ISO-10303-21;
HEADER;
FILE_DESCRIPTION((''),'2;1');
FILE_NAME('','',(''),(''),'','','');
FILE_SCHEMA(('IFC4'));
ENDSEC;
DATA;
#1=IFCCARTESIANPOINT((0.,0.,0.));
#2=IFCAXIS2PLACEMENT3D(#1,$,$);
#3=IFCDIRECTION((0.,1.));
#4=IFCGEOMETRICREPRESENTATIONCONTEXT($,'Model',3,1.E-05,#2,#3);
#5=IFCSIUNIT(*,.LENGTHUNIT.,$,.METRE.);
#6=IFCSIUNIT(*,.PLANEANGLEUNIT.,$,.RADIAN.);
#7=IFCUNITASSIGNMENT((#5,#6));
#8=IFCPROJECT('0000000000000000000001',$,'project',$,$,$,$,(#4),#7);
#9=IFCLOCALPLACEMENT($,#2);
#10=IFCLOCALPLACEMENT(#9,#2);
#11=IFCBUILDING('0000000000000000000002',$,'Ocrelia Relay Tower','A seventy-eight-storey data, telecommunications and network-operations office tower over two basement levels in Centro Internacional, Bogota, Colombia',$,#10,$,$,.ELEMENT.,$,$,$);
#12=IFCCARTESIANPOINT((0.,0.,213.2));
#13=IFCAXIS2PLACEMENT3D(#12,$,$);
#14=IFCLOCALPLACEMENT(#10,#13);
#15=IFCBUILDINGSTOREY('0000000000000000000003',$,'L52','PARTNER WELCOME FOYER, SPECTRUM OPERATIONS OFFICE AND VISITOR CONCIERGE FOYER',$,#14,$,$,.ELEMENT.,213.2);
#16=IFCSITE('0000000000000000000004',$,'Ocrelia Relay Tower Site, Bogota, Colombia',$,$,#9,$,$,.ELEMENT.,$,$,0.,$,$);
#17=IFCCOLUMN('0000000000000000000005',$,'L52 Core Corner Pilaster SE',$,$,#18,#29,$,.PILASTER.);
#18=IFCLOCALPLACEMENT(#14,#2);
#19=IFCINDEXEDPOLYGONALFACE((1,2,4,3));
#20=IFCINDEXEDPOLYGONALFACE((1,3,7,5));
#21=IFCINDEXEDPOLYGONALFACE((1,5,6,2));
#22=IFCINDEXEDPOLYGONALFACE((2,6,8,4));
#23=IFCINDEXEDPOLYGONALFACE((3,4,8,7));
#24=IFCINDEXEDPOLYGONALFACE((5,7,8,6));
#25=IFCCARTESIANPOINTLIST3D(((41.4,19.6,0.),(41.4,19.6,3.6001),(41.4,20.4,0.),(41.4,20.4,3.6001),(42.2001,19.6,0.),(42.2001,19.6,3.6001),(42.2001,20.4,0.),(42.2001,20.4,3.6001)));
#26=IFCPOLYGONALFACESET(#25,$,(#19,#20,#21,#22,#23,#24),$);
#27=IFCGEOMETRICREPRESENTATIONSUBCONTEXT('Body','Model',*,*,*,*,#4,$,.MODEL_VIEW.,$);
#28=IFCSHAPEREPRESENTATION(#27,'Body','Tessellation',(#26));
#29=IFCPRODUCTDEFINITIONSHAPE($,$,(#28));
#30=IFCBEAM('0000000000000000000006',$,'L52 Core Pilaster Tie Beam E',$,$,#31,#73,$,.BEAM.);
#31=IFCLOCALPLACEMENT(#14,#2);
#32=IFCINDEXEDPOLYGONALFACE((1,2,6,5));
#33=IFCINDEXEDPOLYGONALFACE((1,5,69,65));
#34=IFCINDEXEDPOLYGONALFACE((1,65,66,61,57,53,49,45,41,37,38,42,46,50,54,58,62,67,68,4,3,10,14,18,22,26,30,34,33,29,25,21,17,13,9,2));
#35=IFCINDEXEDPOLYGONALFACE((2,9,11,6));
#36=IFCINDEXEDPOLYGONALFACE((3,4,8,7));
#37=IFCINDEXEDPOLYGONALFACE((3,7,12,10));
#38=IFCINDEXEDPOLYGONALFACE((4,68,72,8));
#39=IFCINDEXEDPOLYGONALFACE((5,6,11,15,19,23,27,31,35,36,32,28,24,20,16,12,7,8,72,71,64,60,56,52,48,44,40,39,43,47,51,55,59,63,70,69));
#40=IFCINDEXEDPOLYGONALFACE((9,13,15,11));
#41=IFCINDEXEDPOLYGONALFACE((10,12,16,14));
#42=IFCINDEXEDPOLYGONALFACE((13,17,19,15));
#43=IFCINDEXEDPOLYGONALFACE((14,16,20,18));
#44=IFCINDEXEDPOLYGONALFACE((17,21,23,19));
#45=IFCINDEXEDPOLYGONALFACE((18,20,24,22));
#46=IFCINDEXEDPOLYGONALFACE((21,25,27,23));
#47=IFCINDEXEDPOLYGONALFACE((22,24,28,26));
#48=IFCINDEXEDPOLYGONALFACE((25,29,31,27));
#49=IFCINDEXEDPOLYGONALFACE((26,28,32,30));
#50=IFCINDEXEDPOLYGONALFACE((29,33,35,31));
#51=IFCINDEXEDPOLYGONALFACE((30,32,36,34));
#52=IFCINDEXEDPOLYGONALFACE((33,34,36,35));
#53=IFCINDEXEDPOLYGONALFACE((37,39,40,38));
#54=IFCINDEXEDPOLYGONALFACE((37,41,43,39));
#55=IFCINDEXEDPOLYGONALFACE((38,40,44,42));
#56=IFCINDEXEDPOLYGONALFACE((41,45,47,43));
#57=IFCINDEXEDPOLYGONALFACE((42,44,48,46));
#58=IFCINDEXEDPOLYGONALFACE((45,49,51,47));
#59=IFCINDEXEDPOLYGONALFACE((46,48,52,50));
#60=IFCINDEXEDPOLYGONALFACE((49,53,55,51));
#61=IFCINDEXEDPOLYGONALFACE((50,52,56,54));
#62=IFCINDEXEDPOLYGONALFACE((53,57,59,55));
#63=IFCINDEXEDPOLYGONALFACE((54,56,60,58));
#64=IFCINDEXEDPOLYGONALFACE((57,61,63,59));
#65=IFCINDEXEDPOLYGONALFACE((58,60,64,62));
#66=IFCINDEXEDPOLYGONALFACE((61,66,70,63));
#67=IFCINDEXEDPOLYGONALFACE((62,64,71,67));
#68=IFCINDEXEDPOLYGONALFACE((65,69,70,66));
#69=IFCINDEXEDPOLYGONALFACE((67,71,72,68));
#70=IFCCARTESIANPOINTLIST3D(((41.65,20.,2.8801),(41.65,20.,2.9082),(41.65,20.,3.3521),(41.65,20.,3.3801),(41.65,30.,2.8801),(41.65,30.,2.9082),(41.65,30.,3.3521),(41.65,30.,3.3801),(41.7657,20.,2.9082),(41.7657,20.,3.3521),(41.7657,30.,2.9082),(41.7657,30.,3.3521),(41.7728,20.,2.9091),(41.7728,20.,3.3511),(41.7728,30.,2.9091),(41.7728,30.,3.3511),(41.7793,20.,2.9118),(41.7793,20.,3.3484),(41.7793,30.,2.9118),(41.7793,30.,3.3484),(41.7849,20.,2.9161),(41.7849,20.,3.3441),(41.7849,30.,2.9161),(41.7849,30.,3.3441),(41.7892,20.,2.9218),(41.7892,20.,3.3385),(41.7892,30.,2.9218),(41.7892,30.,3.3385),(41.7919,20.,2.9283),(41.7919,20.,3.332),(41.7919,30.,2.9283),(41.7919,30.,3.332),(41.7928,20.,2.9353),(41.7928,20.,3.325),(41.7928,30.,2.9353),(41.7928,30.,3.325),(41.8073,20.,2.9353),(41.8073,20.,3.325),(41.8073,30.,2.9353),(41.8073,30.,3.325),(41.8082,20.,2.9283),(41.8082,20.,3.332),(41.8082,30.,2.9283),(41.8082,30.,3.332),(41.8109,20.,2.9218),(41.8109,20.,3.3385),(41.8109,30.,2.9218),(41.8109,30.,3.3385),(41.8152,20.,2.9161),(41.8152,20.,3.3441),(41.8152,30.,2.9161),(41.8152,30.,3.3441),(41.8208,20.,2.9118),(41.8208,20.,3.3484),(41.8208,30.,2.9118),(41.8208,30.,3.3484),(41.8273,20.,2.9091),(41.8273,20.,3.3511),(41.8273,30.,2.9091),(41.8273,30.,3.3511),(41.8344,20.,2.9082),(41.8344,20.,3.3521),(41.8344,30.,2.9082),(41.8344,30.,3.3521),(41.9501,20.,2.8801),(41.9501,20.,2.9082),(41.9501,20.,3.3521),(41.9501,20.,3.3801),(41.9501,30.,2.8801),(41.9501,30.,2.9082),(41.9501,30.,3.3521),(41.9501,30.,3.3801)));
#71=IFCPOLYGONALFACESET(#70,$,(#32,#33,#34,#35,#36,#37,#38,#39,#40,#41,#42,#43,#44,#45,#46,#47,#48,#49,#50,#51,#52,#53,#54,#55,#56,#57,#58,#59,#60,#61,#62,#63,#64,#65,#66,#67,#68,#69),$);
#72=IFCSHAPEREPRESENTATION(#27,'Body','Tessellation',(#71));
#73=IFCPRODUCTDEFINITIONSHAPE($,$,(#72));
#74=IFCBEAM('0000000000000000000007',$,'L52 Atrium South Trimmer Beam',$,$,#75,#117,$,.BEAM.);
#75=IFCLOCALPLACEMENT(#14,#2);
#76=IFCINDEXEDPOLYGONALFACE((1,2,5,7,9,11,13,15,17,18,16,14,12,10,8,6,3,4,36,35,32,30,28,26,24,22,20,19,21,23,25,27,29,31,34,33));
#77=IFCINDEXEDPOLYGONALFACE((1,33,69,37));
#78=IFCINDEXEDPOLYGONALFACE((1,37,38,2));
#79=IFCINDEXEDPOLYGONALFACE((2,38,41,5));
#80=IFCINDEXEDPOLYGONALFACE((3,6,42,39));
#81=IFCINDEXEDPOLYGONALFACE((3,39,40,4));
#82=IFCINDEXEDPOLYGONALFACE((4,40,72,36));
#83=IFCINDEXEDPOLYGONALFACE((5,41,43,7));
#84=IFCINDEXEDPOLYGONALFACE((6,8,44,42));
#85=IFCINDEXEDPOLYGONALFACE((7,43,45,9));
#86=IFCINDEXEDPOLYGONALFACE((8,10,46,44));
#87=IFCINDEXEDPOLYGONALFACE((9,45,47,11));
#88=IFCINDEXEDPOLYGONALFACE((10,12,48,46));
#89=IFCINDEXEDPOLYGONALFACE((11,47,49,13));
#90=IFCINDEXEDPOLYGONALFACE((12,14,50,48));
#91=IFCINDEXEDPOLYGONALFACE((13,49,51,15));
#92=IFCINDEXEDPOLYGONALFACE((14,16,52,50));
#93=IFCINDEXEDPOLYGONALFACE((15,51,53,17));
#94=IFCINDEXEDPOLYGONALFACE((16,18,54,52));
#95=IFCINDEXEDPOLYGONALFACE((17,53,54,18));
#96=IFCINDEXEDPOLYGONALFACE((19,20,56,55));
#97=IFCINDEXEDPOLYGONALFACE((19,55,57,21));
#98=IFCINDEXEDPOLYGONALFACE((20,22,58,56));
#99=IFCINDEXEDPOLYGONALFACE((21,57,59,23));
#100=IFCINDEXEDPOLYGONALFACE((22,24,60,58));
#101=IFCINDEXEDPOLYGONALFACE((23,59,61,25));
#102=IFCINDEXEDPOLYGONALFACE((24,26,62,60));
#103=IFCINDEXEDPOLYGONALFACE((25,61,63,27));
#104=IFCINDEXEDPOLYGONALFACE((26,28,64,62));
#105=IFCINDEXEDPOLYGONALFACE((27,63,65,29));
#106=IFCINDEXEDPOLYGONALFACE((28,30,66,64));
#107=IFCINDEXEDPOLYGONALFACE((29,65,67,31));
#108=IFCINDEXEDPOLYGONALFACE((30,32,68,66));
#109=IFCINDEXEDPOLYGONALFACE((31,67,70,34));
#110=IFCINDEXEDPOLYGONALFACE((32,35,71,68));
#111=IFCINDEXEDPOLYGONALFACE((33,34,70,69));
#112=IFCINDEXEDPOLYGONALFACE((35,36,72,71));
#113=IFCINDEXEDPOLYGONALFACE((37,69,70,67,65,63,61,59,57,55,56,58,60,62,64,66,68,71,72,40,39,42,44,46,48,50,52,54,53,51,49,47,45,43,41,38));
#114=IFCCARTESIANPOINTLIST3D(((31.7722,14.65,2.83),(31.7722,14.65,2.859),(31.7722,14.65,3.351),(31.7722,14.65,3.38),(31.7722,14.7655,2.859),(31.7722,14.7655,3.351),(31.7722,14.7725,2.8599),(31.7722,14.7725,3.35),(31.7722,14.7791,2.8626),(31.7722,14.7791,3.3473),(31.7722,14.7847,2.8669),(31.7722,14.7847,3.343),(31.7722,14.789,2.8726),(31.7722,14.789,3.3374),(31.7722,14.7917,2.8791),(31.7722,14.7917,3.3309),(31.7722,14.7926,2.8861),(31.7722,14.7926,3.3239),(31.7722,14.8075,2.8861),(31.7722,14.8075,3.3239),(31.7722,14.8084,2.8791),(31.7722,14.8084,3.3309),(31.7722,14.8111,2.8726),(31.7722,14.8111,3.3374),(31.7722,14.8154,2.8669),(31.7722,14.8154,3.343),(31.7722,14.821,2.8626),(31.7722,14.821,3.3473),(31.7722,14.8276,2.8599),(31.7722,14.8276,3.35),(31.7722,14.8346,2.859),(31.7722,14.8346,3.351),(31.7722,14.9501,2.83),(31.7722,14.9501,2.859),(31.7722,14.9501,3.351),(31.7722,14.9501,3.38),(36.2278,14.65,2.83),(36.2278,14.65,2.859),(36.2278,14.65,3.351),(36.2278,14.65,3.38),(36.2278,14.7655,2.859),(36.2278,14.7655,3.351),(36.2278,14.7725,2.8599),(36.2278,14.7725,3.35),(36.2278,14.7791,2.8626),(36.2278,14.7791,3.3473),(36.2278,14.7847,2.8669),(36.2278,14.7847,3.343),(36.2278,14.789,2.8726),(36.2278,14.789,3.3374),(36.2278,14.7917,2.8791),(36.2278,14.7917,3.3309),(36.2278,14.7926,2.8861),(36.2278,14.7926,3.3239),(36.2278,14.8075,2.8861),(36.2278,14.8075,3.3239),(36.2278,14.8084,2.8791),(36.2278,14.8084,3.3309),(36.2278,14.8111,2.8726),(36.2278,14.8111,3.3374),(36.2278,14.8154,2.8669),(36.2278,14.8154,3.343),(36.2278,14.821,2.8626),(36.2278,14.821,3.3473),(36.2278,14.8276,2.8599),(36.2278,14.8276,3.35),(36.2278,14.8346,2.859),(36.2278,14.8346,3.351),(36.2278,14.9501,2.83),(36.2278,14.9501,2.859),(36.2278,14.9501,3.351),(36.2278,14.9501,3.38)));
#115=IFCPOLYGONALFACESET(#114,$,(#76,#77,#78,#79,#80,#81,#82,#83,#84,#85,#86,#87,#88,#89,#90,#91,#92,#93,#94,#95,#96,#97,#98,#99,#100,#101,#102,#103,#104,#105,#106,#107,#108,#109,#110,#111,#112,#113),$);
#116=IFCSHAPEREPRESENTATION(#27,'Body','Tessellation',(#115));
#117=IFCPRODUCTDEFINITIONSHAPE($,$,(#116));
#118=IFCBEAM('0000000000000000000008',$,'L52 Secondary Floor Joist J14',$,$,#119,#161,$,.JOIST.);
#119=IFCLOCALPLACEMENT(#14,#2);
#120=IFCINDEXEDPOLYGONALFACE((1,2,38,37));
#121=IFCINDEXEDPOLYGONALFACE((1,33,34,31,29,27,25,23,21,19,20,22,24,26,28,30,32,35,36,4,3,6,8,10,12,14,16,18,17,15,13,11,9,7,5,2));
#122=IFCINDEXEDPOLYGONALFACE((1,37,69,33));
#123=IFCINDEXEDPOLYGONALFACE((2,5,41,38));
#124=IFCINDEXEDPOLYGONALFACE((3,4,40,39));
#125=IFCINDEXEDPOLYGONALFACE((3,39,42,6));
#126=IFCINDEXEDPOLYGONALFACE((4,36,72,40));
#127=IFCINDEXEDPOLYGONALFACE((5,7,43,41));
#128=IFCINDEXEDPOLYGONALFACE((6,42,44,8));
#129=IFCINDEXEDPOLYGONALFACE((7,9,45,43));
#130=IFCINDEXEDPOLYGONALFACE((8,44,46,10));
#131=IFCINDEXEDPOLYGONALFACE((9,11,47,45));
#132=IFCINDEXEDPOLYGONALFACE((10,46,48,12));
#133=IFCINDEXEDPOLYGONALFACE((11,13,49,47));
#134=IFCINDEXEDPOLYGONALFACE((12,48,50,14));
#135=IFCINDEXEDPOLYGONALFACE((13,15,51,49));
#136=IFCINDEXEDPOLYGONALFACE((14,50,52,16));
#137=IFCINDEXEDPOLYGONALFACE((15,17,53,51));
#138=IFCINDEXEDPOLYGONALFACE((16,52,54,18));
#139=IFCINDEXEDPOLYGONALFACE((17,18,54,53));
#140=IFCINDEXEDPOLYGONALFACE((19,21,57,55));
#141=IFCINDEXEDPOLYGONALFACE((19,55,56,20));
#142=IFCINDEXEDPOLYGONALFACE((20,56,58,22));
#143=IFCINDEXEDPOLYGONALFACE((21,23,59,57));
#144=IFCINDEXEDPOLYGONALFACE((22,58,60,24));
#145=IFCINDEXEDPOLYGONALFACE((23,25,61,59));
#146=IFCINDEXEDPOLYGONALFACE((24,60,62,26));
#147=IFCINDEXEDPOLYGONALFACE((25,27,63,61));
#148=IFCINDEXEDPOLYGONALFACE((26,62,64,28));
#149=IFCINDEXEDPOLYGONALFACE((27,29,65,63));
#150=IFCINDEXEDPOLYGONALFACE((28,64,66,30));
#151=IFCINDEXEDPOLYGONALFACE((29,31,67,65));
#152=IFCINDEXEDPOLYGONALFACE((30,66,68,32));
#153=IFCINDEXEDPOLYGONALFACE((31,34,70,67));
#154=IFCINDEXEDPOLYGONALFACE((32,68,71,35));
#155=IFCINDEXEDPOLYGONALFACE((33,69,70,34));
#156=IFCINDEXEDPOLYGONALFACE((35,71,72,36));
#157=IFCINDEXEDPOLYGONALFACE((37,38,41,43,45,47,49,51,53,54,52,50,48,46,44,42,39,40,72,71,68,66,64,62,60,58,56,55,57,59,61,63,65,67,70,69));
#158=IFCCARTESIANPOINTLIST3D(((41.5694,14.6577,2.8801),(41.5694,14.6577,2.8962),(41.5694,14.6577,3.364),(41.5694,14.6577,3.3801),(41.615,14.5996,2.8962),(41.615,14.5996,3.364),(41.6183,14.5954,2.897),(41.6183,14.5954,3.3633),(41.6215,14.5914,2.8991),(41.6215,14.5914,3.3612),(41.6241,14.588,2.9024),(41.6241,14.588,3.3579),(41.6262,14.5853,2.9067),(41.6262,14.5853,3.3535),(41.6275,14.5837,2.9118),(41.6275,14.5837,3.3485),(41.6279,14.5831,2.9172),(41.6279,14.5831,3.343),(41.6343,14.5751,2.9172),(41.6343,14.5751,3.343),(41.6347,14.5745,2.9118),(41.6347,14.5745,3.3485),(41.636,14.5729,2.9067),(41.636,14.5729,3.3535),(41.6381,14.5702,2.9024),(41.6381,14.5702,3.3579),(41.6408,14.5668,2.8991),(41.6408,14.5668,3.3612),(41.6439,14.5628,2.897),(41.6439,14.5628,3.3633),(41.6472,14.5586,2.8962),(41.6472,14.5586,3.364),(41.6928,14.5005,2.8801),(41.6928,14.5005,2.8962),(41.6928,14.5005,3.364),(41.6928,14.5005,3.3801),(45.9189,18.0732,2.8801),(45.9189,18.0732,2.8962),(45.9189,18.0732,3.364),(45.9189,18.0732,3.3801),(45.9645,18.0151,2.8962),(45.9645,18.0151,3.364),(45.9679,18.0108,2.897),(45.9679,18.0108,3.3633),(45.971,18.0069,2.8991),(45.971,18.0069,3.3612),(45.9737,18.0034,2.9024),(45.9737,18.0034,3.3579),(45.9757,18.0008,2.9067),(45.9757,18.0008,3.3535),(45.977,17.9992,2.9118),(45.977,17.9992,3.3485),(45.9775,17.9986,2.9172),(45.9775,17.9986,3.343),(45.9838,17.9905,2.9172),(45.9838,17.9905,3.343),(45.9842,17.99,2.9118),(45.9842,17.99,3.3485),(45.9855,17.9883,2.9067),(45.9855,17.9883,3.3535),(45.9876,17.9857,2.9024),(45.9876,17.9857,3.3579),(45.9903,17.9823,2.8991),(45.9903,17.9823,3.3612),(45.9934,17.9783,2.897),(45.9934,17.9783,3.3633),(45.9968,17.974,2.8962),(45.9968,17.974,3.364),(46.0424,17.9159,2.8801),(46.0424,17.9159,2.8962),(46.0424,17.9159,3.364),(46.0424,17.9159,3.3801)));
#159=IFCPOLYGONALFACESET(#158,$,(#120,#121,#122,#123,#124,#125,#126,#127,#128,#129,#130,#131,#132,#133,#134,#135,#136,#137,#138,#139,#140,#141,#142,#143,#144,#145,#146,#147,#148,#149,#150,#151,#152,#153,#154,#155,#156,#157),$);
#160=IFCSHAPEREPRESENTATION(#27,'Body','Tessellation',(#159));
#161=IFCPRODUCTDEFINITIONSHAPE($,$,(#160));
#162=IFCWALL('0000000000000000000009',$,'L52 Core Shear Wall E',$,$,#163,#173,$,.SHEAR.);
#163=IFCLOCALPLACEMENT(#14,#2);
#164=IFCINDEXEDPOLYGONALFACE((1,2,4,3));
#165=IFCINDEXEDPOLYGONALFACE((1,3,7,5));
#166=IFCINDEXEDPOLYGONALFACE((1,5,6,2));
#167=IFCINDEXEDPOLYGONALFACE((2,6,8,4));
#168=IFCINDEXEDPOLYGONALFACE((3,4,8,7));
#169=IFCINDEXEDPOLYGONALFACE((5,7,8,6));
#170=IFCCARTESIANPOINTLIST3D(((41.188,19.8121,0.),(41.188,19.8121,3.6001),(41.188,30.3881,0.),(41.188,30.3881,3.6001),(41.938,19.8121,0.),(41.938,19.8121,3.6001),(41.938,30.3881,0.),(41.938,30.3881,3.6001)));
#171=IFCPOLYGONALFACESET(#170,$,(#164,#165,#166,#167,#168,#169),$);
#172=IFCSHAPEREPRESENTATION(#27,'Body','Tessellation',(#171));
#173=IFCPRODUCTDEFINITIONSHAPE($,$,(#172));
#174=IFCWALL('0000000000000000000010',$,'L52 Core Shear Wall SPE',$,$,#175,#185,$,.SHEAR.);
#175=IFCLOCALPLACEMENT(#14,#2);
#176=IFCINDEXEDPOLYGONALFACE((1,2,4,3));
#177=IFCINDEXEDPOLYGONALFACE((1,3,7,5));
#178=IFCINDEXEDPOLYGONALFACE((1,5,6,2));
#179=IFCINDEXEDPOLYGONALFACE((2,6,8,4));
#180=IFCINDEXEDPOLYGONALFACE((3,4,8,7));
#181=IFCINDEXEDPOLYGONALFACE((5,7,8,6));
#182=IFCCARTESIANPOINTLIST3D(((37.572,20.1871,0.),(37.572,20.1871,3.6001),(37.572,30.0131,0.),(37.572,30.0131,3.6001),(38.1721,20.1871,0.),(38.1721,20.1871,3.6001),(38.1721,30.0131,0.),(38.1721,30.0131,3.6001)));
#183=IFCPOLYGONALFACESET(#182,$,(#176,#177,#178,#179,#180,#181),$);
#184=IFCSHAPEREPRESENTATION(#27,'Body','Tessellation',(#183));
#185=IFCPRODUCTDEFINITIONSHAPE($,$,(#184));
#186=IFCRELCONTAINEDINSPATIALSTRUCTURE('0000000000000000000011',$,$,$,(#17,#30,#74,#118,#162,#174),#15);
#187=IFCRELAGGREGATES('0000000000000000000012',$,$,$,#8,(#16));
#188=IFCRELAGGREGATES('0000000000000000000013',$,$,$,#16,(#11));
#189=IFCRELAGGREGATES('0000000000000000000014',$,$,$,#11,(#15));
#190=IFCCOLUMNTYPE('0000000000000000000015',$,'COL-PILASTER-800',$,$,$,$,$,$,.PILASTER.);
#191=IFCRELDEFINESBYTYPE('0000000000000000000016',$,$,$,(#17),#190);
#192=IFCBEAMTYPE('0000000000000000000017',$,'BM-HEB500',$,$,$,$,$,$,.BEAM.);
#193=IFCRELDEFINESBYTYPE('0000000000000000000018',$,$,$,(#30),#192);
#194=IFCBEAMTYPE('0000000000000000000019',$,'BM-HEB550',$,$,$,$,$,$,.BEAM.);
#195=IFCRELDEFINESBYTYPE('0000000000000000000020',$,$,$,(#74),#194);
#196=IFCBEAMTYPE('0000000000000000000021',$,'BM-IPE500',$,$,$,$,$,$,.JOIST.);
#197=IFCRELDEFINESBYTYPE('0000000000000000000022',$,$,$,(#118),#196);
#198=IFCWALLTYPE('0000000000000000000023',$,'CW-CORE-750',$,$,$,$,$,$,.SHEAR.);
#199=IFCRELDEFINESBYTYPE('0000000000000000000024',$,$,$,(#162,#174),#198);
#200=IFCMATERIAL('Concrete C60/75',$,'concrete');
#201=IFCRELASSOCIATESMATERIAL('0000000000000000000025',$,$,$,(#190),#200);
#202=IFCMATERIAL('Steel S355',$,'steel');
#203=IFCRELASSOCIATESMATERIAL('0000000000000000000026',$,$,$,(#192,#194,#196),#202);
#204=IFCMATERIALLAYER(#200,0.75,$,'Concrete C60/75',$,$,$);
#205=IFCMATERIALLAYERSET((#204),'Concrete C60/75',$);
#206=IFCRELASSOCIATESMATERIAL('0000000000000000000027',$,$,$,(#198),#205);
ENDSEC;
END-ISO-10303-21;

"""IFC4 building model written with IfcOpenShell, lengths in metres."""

from ifc_helpers import new_model, si_unit, direction, frame, frame_2d, origin, origin_2d, place, context, subcontext, project, spatial, rectangle, i_section, extrude, material, layer, layer_set, material_profile, profile_set, type_object, element, save


model = new_model("IFC4")

# Units and contexts
model_context = context("Model", 3, precision=1e-05, world=origin(), true_north=direction((0.0, 1.0)))
body_context = subcontext(model_context, "Body", "Model", "MODEL_VIEW")
ifc_project = project(units=[si_unit("LENGTHUNIT", "METRE"), si_unit("PLANEANGLEUNIT", "RADIAN")], contexts=[model_context])

# Site, building, storey
site_placement = place(None, origin())
site = spatial("IfcSite", under=ifc_project, at=site_placement, Name="Ocrelia Relay Tower Site, Bogota, Colombia", CompositionType="ELEMENT", RefElevation=0.0)
building_placement = place(site_placement, origin())
building = spatial("IfcBuilding", under=site, at=building_placement, Name="Ocrelia Relay Tower", Description="A seventy-eight-storey data, telecommunications and network-operations office tower over two basement levels in Centro Internacional, Bogota, Colombia", CompositionType="ELEMENT")
storey_placement = place(building_placement, frame((0.0, 0.0, 213.2)))
storey = spatial("IfcBuildingStorey", under=building, at=storey_placement, Name="L52", Description="PARTNER WELCOME FOYER, SPECTRUM OPERATIONS OFFICE AND VISITOR CONCIERGE FOYER", CompositionType="ELEMENT", Elevation=213.2)

# Column
ifc_material_1 = material(Name="Concrete C60/75", Category="concrete")
ifc_material_profile_1 = material_profile(ifc_material_1, rectangle(XDim=0.8, YDim=0.8, at=origin_2d()), Name="RC-COL-800x800")
ifc_profile_set_1 = profile_set([ifc_material_profile_1], Name="Concrete C60/75")
column_type = type_object("IfcColumnType", Name="COL-PILASTER-800", PredefinedType="PILASTER", material=ifc_profile_set_1)
column_placement = place(storey_placement, frame((41.8, 20.0, 0.0), z_axis=(0.0, 0.0, 1.0), x_axis=(1.0, 0.0, 0.0)))
element("IfcColumn", 1, at=column_placement, inside=storey, type_object=column_type, Name="L52 Core Corner Pilaster SE", PredefinedType="PILASTER", context=body_context, shape_type="SweptSolid", body=[
    extrude(rectangle(XDim=0.8, YDim=0.8, at=origin_2d()), origin(), (0.0, 0.0, 1.0), 3.6001),
])

# Beams
ifc_material_2 = material(Name="Steel S355", Category="steel")
ifc_material_profile_2 = material_profile(ifc_material_2, i_section(OverallWidth=0.3, OverallDepth=0.5, WebThickness=0.0144, FlangeThickness=0.0281, FilletRadius=0.0271, at=origin_2d()), Name="HEB 500")
ifc_profile_set_2 = profile_set([ifc_material_profile_2], Name="Steel S355")
beam_type_1 = type_object("IfcBeamType", Name="BM-HEB500", PredefinedType="BEAM", material=ifc_profile_set_2)
beam_1_placement = place(storey_placement, frame((41.8, 20.0, 3.1301), z_axis=(0.0, 1.0, 0.0), x_axis=(-1.0, 0.0, 0.0)))
element("IfcBeam", 2, at=beam_1_placement, inside=storey, type_object=beam_type_1, Name="L52 Core Pilaster Tie Beam E", PredefinedType="BEAM", context=body_context, shape_type="SweptSolid", body=[
    extrude(i_section(OverallWidth=0.3, OverallDepth=0.5, WebThickness=0.0144, FlangeThickness=0.0281, FilletRadius=0.0271, at=origin_2d()), origin(), (0.0, 0.0, 1.0), 10.0),
])
ifc_material_profile_3 = material_profile(ifc_material_2, i_section(OverallWidth=0.3, OverallDepth=0.55, WebThickness=0.0149, FlangeThickness=0.0291, FilletRadius=0.0271, at=origin_2d()), Name="HEB 550")
ifc_profile_set_3 = profile_set([ifc_material_profile_3], Name="Steel S355")
beam_type_2 = type_object("IfcBeamType", Name="BM-HEB550", PredefinedType="BEAM", material=ifc_profile_set_3)
beam_2_placement = place(storey_placement, frame((31.7722, 14.8, 3.105), z_axis=(1.0, 0.0, 0.0), x_axis=(0.0, 1.0, 0.0)))
element("IfcBeam", 3, at=beam_2_placement, inside=storey, type_object=beam_type_2, Name="L52 Atrium South Trimmer Beam", PredefinedType="BEAM", context=body_context, shape_type="SweptSolid", body=[
    extrude(i_section(OverallWidth=0.3, OverallDepth=0.55, WebThickness=0.0149, FlangeThickness=0.0291, FilletRadius=0.0271, at=origin_2d()), origin(), (0.0, 0.0, 1.0), 4.4556),
])
ifc_material_profile_4 = material_profile(ifc_material_2, i_section(OverallWidth=0.2, OverallDepth=0.5, WebThickness=0.0103, FlangeThickness=0.0161, FilletRadius=0.021, at=origin_2d()), Name="IPE 500")
ifc_profile_set_4 = profile_set([ifc_material_profile_4], Name="Steel S355")
beam_type_3 = type_object("IfcBeamType", Name="BM-IPE500", PredefinedType="JOIST", material=ifc_profile_set_4)
beam_3_placement = place(storey_placement, frame((41.6311, 14.5791, 3.1301), z_axis=(0.786496, 0.617595, 0.0), x_axis=(-0.617595, 0.786496, 0.0)))
element("IfcBeam", 4, at=beam_3_placement, inside=storey, type_object=beam_type_3, Name="L52 Secondary Floor Joist J14", PredefinedType="JOIST", context=body_context, shape_type="SweptSolid", body=[
    extrude(i_section(OverallWidth=0.2, OverallDepth=0.5, WebThickness=0.0103, FlangeThickness=0.0161, FilletRadius=0.021, at=origin_2d()), origin(), (0.0, 0.0, 1.0), 5.5303),
])

# Walls
ifc_layer_1 = layer(ifc_material_1, 0.75, Name="Concrete C60/75")
ifc_layer_set_1 = layer_set([ifc_layer_1], Name="Concrete C60/75")
wall_type_1 = type_object("IfcWallType", Name="CW-CORE-750", PredefinedType="SHEAR", material=ifc_layer_set_1)
wall_1_placement = place(storey_placement, frame((41.563, 19.812, 0.0), z_axis=(0.0, 0.0, 1.0), x_axis=(0.0, 1.0, 0.0)))
element("IfcWall", 5, at=wall_1_placement, inside=storey, type_object=wall_type_1, Name="L52 Core Shear Wall E", PredefinedType="SHEAR", context=body_context, shape_type="SweptSolid", body=[
    extrude(rectangle(XDim=10.5759, YDim=0.75, at=frame_2d((5.2881, 0.0))), origin(), (0.0, 0.0, 1.0), 3.6001),
])
wall_2_placement = place(storey_placement, frame((37.8721, 20.187, 0.0), z_axis=(0.0, 0.0, 1.0), x_axis=(0.0, 1.0, 0.0)))
element("IfcWall", 6, at=wall_2_placement, inside=storey, type_object=wall_type_1, Name="L52 Core Shear Wall SPE", PredefinedType="SHEAR", context=body_context, shape_type="SweptSolid", body=[
    extrude(rectangle(XDim=9.8259, YDim=0.6001, at=frame_2d((4.9131, 0.0))), origin(), (0.0, 0.0, 1.0), 3.6001),
])

save(model, "model.ifc")
